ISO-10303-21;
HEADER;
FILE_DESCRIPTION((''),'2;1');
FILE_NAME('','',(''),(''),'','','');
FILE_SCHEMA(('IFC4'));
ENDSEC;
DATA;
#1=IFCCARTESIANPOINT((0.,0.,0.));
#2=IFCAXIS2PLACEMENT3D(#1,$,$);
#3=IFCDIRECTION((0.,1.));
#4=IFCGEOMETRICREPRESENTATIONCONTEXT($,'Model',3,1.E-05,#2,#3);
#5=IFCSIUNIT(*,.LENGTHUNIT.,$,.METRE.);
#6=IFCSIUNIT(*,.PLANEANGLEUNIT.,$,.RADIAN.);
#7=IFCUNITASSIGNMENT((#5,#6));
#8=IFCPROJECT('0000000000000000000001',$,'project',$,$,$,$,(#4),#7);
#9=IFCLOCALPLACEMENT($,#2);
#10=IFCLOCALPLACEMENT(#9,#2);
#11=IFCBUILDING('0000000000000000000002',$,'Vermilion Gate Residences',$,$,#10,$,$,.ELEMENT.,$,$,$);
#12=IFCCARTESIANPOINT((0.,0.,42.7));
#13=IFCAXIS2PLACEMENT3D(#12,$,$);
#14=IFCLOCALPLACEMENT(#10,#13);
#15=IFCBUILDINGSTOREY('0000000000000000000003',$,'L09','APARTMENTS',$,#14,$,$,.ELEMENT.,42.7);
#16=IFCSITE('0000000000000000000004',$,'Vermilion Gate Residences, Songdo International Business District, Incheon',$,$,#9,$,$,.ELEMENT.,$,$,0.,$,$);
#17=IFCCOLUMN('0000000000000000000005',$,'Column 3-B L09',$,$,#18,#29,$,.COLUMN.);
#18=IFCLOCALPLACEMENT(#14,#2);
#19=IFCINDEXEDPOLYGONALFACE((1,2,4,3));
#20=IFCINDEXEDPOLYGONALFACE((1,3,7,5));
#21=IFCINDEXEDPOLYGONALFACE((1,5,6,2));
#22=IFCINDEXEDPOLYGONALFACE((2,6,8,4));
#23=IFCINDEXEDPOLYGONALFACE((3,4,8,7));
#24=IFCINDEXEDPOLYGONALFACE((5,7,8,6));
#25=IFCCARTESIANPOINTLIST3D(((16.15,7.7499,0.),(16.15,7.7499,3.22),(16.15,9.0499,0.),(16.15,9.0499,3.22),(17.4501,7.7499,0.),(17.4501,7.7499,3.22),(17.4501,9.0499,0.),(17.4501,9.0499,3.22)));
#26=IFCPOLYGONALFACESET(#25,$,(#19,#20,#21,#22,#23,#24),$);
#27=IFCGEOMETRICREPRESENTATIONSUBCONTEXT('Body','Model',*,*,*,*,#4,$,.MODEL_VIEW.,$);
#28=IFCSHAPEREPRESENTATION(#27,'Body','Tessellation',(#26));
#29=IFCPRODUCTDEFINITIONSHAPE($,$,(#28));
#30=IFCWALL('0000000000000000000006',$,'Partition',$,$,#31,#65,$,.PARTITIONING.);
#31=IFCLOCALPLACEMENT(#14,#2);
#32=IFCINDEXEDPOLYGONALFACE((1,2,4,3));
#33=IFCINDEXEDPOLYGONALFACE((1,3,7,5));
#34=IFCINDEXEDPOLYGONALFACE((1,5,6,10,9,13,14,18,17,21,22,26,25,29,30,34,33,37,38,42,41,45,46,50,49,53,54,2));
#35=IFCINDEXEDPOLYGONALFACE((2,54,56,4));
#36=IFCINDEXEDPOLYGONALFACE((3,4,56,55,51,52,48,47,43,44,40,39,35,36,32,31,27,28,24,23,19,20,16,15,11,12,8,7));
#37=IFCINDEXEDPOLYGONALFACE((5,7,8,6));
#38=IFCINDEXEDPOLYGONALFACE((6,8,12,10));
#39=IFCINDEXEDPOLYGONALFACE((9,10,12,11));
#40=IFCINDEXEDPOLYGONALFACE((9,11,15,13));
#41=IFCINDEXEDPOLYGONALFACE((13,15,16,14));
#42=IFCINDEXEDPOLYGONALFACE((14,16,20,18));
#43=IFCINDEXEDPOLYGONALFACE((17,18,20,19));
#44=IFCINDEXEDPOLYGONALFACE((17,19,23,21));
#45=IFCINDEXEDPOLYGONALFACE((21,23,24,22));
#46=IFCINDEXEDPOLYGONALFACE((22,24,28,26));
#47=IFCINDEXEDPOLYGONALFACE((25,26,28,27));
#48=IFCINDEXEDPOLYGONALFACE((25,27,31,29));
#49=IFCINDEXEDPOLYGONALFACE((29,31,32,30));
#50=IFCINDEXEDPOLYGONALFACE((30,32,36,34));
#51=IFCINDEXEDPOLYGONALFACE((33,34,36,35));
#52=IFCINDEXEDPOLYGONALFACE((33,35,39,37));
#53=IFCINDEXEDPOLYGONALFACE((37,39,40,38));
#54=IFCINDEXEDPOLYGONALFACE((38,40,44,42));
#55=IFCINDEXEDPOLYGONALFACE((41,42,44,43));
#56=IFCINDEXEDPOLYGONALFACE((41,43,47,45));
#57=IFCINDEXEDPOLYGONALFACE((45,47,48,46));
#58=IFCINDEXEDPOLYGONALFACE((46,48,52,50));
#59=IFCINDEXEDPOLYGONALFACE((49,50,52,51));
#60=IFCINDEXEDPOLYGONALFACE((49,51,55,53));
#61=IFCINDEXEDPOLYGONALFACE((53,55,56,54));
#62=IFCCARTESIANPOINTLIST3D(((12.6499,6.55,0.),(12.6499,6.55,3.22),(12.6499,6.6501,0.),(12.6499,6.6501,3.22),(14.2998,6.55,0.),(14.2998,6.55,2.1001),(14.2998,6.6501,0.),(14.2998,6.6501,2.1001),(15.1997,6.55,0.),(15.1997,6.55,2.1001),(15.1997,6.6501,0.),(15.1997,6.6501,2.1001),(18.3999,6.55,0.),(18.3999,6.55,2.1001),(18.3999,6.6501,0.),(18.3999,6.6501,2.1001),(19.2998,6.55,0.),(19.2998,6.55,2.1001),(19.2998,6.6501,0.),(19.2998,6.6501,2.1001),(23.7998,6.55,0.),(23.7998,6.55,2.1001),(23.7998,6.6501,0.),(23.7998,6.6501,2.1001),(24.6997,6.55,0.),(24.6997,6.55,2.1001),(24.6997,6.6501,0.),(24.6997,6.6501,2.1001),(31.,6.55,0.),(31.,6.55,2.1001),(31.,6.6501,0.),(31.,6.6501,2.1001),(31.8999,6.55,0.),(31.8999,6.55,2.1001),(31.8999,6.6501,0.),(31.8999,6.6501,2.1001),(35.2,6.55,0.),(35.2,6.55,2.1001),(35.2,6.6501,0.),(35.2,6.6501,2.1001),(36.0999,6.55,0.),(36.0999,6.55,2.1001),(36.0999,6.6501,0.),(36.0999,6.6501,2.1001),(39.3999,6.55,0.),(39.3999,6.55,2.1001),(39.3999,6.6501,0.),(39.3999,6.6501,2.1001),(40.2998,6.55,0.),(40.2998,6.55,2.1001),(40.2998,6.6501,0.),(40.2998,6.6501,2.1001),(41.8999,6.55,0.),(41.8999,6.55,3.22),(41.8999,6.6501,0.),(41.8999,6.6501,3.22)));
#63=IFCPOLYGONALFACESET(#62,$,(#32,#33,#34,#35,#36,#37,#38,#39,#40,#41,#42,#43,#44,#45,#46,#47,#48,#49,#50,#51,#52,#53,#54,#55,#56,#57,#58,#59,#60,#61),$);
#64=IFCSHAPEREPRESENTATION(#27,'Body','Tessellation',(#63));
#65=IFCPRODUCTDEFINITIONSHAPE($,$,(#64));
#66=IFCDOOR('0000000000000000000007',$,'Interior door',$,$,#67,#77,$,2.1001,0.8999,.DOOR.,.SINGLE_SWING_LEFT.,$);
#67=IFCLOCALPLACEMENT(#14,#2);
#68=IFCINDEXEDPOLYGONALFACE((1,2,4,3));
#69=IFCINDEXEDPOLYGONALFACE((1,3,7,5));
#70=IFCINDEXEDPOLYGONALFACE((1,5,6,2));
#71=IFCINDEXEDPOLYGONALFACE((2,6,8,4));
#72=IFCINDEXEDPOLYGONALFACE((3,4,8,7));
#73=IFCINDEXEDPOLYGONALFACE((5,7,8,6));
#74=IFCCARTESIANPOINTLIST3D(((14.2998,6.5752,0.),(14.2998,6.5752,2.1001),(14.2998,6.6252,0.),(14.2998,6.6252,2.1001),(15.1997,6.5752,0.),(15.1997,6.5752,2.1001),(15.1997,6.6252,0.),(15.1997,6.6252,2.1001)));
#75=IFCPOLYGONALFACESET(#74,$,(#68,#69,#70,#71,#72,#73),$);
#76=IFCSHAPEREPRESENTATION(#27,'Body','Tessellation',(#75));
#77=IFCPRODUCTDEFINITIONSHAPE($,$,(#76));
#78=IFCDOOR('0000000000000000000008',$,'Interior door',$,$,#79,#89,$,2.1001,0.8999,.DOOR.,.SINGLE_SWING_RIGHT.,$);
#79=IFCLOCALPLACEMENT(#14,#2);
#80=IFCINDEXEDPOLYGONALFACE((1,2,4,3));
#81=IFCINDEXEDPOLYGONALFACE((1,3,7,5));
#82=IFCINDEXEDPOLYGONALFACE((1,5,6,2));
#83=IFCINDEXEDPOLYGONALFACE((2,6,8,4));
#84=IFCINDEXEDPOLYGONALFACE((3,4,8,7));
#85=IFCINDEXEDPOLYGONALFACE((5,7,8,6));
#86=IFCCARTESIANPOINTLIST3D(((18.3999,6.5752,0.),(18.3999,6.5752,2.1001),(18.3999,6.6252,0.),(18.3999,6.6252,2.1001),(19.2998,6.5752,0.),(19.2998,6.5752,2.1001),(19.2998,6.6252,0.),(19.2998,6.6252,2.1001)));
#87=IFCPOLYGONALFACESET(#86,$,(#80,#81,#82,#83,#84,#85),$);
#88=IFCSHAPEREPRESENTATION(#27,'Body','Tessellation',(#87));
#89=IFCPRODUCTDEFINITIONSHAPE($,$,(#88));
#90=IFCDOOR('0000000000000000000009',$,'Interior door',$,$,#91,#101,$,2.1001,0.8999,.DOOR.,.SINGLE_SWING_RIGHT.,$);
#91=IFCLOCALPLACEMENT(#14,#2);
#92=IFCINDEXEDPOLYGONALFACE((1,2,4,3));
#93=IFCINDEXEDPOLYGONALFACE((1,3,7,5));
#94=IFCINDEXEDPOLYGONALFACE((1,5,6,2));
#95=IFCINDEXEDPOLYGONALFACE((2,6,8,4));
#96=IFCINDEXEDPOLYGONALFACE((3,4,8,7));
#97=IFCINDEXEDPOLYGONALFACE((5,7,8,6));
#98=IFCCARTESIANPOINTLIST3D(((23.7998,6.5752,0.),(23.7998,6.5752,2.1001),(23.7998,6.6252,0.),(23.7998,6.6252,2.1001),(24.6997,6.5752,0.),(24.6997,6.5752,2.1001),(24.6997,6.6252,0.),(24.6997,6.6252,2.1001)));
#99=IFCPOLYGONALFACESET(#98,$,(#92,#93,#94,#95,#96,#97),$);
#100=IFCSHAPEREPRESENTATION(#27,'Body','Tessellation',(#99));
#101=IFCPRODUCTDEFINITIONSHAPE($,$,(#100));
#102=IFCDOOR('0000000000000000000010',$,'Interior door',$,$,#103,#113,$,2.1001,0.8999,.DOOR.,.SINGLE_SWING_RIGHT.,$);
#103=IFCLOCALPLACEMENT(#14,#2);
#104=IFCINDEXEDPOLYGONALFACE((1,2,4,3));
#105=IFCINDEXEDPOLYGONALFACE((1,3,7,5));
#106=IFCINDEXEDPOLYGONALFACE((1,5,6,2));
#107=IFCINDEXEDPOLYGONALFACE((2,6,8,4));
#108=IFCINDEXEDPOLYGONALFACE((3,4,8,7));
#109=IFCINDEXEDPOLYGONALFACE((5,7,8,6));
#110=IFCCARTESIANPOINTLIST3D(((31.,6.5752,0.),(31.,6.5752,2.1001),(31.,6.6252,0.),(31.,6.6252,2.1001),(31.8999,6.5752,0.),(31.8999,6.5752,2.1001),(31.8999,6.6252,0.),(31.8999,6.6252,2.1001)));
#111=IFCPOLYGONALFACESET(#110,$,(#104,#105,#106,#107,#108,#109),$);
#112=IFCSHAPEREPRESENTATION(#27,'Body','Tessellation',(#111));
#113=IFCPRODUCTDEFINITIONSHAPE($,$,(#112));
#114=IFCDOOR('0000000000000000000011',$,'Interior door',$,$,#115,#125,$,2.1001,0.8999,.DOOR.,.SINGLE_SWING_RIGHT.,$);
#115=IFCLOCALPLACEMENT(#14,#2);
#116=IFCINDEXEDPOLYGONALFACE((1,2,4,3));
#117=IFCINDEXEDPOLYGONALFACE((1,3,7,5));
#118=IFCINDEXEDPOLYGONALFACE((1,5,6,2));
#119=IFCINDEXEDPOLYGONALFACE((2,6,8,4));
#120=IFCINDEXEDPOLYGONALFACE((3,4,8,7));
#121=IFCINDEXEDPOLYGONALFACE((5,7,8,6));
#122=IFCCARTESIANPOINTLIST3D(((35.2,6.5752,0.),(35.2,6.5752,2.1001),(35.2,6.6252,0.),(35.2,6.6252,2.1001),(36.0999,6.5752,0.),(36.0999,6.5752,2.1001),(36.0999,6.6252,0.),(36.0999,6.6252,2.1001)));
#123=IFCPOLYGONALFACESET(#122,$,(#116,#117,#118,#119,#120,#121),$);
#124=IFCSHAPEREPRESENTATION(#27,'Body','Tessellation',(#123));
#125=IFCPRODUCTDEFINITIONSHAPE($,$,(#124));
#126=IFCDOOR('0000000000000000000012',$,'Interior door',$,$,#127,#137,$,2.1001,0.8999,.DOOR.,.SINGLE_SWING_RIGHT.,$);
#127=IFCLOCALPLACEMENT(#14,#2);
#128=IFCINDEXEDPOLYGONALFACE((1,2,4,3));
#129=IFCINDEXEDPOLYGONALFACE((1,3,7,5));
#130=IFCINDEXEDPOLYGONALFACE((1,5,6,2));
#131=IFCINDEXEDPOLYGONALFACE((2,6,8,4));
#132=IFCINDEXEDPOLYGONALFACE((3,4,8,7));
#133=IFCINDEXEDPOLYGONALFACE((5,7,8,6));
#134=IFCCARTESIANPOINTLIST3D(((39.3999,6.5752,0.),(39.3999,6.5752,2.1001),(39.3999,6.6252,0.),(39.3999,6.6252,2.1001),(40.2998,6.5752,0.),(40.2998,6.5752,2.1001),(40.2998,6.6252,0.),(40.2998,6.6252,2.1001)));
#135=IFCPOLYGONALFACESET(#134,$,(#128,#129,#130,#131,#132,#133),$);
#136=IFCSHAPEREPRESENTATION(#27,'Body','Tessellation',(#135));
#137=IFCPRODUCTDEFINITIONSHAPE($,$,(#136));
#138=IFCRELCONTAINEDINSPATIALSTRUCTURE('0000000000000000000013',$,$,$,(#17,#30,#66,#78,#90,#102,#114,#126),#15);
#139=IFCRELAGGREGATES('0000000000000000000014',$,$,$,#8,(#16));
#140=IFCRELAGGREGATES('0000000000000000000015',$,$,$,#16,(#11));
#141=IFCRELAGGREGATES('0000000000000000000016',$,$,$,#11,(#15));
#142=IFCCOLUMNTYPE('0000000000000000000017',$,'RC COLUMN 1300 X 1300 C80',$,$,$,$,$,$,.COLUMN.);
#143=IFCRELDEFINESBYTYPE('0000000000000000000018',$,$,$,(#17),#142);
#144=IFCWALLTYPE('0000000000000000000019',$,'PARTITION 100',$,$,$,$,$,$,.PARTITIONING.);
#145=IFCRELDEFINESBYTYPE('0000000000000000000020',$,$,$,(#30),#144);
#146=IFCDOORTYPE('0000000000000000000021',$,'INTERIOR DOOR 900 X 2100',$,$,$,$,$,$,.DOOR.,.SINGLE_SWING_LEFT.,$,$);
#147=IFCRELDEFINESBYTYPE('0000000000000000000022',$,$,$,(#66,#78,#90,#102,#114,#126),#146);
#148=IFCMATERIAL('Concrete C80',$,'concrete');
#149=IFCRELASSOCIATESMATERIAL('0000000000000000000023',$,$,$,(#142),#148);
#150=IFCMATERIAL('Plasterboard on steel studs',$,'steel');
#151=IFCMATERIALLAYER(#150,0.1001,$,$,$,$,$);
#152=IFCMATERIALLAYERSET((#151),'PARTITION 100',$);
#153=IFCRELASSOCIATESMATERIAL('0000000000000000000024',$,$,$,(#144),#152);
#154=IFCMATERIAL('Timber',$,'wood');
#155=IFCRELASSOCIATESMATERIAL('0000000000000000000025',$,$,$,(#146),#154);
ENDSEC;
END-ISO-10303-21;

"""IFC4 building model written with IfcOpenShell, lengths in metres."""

from ifc_helpers import new_model, si_unit, direction, frame, frame_2d, origin, origin_2d, place, context, subcontext, project, spatial, rectangle, extrude, material, layer, layer_set, material_profile, profile_set, type_object, element, fill, save


model = new_model("IFC4")

# Units and contexts
model_context = context("Model", 3, precision=1e-05, world=origin(), true_north=direction((0.0, 1.0)))
body_context = subcontext(model_context, "Body", "Model", "MODEL_VIEW")
ifc_project = project(units=[si_unit("LENGTHUNIT", "METRE"), si_unit("PLANEANGLEUNIT", "RADIAN")], contexts=[model_context])

# Site, building, storey
site_placement = place(None, origin())
site = spatial("IfcSite", under=ifc_project, at=site_placement, Name="Vermilion Gate Residences, Songdo International Business District, Incheon", CompositionType="ELEMENT", RefElevation=0.0)
building_placement = place(site_placement, origin())
building = spatial("IfcBuilding", under=site, at=building_placement, Name="Vermilion Gate Residences", CompositionType="ELEMENT")
storey_placement = place(building_placement, frame((0.0, 0.0, 42.7)))
storey = spatial("IfcBuildingStorey", under=building, at=storey_placement, Name="L09", Description="APARTMENTS", CompositionType="ELEMENT", Elevation=42.7)

# Column
ifc_material_1 = material(Name="Concrete C80", Category="concrete")
ifc_material_profile = material_profile(ifc_material_1, rectangle(XDim=1.3, YDim=1.3, at=origin_2d()), Name="RC-1300x1300")
ifc_profile_set = profile_set([ifc_material_profile], Name="Concrete C80")
column_type = type_object("IfcColumnType", Name="RC COLUMN 1300 X 1300 C80", PredefinedType="COLUMN", material=ifc_profile_set)
column_placement = place(storey_placement, frame((16.8, 8.3999, 0.0), z_axis=(0.0, 0.0, 1.0), x_axis=(1.0, 0.0, 0.0)))
element("IfcColumn", 1, at=column_placement, inside=storey, type_object=column_type, Name="Column 3-B L09", PredefinedType="COLUMN", context=body_context, shape_type="SweptSolid", body=[
    extrude(rectangle(XDim=1.3, YDim=1.3, at=origin_2d()), origin(), (0.0, 0.0, 1.0), 3.22),
])

# Wall, openings, doors
ifc_material_2 = material(Name="Plasterboard on steel studs", Category="steel")
ifc_layer = layer(ifc_material_2, 0.1001)
ifc_layer_set = layer_set([ifc_layer], Name="PARTITION 100")
wall_type = type_object("IfcWallType", Name="PARTITION 100", PredefinedType="PARTITIONING", material=ifc_layer_set)
wall_1_placement = place(storey_placement, frame((12.6499, 6.6001, 0.0), z_axis=(0.0, 0.0, 1.0), x_axis=(1.0, 0.0, 0.0)))
wall_1 = element("IfcWall", 2, at=wall_1_placement, inside=storey, type_object=wall_type, Name="Partition", PredefinedType="PARTITIONING", context=body_context, shape_type="SweptSolid", body=[
    extrude(rectangle(XDim=29.25, YDim=0.1001, at=frame_2d((14.625, 0.0))), origin(), (0.0, 0.0, 1.0), 3.22),
])
opening_1_placement = place(wall_1_placement, frame((1.6499, 0.0, 0.0)))
opening_1 = element("IfcOpeningElement", 3, at=opening_1_placement, cuts=wall_1, PredefinedType="OPENING", context=body_context, shape_type="SweptSolid", body=[
    extrude(rectangle(XDim=0.8999, YDim=2.1001, at=frame_2d((0.45, 1.05))), frame((0.0, 0.0601, 0.0), z_axis=(0.0, -1.0, 0.0), x_axis=(1.0, 0.0, 0.0)), (0.0, 0.0, 1.0), 0.1201),
])
opening_2_placement = place(wall_1_placement, frame((5.75, 0.0, 0.0)))
opening_2 = element("IfcOpeningElement", 4, at=opening_2_placement, cuts=wall_1, PredefinedType="OPENING", context=body_context, shape_type="SweptSolid", body=[
    extrude(rectangle(XDim=0.8999, YDim=2.1001, at=frame_2d((0.45, 1.05))), frame((0.0, 0.0601, 0.0), z_axis=(0.0, -1.0, 0.0), x_axis=(1.0, 0.0, 0.0)), (0.0, 0.0, 1.0), 0.1201),
])
opening_3_placement = place(wall_1_placement, frame((11.1499, 0.0, 0.0)))
opening_3 = element("IfcOpeningElement", 5, at=opening_3_placement, cuts=wall_1, PredefinedType="OPENING", context=body_context, shape_type="SweptSolid", body=[
    extrude(rectangle(XDim=0.8999, YDim=2.1001, at=frame_2d((0.45, 1.05))), frame((0.0, 0.0601, 0.0), z_axis=(0.0, -1.0, 0.0), x_axis=(1.0, 0.0, 0.0)), (0.0, 0.0, 1.0), 0.1201),
])
opening_4_placement = place(wall_1_placement, frame((18.3501, 0.0, 0.0)))
opening_4 = element("IfcOpeningElement", 6, at=opening_4_placement, cuts=wall_1, PredefinedType="OPENING", context=body_context, shape_type="SweptSolid", body=[
    extrude(rectangle(XDim=0.8999, YDim=2.1001, at=frame_2d((0.45, 1.05))), frame((0.0, 0.0601, 0.0), z_axis=(0.0, -1.0, 0.0), x_axis=(1.0, 0.0, 0.0)), (0.0, 0.0, 1.0), 0.1201),
])
opening_5_placement = place(wall_1_placement, frame((22.55, 0.0, 0.0)))
opening_5 = element("IfcOpeningElement", 7, at=opening_5_placement, cuts=wall_1, PredefinedType="OPENING", context=body_context, shape_type="SweptSolid", body=[
    extrude(rectangle(XDim=0.8999, YDim=2.1001, at=frame_2d((0.45, 1.05))), frame((0.0, 0.0601, 0.0), z_axis=(0.0, -1.0, 0.0), x_axis=(1.0, 0.0, 0.0)), (0.0, 0.0, 1.0), 0.1201),
])
opening_6_placement = place(wall_1_placement, frame((26.75, 0.0, 0.0)))
opening_6 = element("IfcOpeningElement", 8, at=opening_6_placement, cuts=wall_1, PredefinedType="OPENING", context=body_context, shape_type="SweptSolid", body=[
    extrude(rectangle(XDim=0.8999, YDim=2.1001, at=frame_2d((0.45, 1.05))), frame((0.0, 0.0601, 0.0), z_axis=(0.0, -1.0, 0.0), x_axis=(1.0, 0.0, 0.0)), (0.0, 0.0, 1.0), 0.1201),
])
ifc_material_3 = material(Name="Timber", Category="wood")
door_type = type_object("IfcDoorType", Name="INTERIOR DOOR 900 X 2100", OperationType="SINGLE_SWING_LEFT", PredefinedType="DOOR", material=ifc_material_3)
door_1_placement = place(opening_1_placement, frame((0.8999, 0.0, 0.0), z_axis=(0.0, 0.0, 1.0), x_axis=(-1.0, 0.0, 0.0)))
door_1 = element("IfcDoor", 9, at=door_1_placement, inside=storey, type_object=door_type, Name="Interior door", OperationType="SINGLE_SWING_LEFT", OverallHeight=2.1001, OverallWidth=0.8999, PredefinedType="DOOR", context=body_context, shape_type="SweptSolid", body=[
    extrude(rectangle(XDim=0.8999, YDim=2.1001, at=frame_2d((0.45, 1.05))), frame((0.0, 0.0249, 0.0), z_axis=(0.0, -1.0, 0.0), x_axis=(1.0, 0.0, 0.0)), (0.0, 0.0, 1.0), 0.05),
])
fill(opening_1, door_1)
door_2_placement = place(opening_2_placement, frame((0.8999, 0.0, 0.0), z_axis=(0.0, 0.0, 1.0), x_axis=(-1.0, 0.0, 0.0)))
door_2 = element("IfcDoor", 10, at=door_2_placement, inside=storey, type_object=door_type, Name="Interior door", OperationType="SINGLE_SWING_RIGHT", OverallHeight=2.1001, OverallWidth=0.8999, PredefinedType="DOOR", context=body_context, shape_type="SweptSolid", body=[
    extrude(rectangle(XDim=0.8999, YDim=2.1001, at=frame_2d((0.45, 1.05))), frame((0.0, 0.0249, 0.0), z_axis=(0.0, -1.0, 0.0), x_axis=(1.0, 0.0, 0.0)), (0.0, 0.0, 1.0), 0.05),
])
fill(opening_2, door_2)
door_3_placement = place(opening_3_placement, frame((0.8999, 0.0, 0.0), z_axis=(0.0, 0.0, 1.0), x_axis=(-1.0, 0.0, 0.0)))
door_3 = element("IfcDoor", 11, at=door_3_placement, inside=storey, type_object=door_type, Name="Interior door", OperationType="SINGLE_SWING_RIGHT", OverallHeight=2.1001, OverallWidth=0.8999, PredefinedType="DOOR", context=body_context, shape_type="SweptSolid", body=[
    extrude(rectangle(XDim=0.8999, YDim=2.1001, at=frame_2d((0.45, 1.05))), frame((0.0, 0.0249, 0.0), z_axis=(0.0, -1.0, 0.0), x_axis=(1.0, 0.0, 0.0)), (0.0, 0.0, 1.0), 0.05),
])
fill(opening_3, door_3)
door_4_placement = place(opening_4_placement, frame((0.8999, 0.0, 0.0), z_axis=(0.0, 0.0, 1.0), x_axis=(-1.0, 0.0, 0.0)))
door_4 = element("IfcDoor", 12, at=door_4_placement, inside=storey, type_object=door_type, Name="Interior door", OperationType="SINGLE_SWING_RIGHT", OverallHeight=2.1001, OverallWidth=0.8999, PredefinedType="DOOR", context=body_context, shape_type="SweptSolid", body=[
    extrude(rectangle(XDim=0.8999, YDim=2.1001, at=frame_2d((0.45, 1.05))), frame((0.0, 0.0249, 0.0), z_axis=(0.0, -1.0, 0.0), x_axis=(1.0, 0.0, 0.0)), (0.0, 0.0, 1.0), 0.05),
])
fill(opening_4, door_4)
door_5_placement = place(opening_5_placement, frame((0.8999, 0.0, 0.0), z_axis=(0.0, 0.0, 1.0), x_axis=(-1.0, 0.0, 0.0)))
door_5 = element("IfcDoor", 13, at=door_5_placement, inside=storey, type_object=door_type, Name="Interior door", OperationType="SINGLE_SWING_RIGHT", OverallHeight=2.1001, OverallWidth=0.8999, PredefinedType="DOOR", context=body_context, shape_type="SweptSolid", body=[
    extrude(rectangle(XDim=0.8999, YDim=2.1001, at=frame_2d((0.45, 1.05))), frame((0.0, 0.0249, 0.0), z_axis=(0.0, -1.0, 0.0), x_axis=(1.0, 0.0, 0.0)), (0.0, 0.0, 1.0), 0.05),
])
fill(opening_5, door_5)
door_6_placement = place(opening_6_placement, frame((0.8999, 0.0, 0.0), z_axis=(0.0, 0.0, 1.0), x_axis=(-1.0, 0.0, 0.0)))
door_6 = element("IfcDoor", 14, at=door_6_placement, inside=storey, type_object=door_type, Name="Interior door", OperationType="SINGLE_SWING_RIGHT", OverallHeight=2.1001, OverallWidth=0.8999, PredefinedType="DOOR", context=body_context, shape_type="SweptSolid", body=[
    extrude(rectangle(XDim=0.8999, YDim=2.1001, at=frame_2d((0.45, 1.05))), frame((0.0, 0.0249, 0.0), z_axis=(0.0, -1.0, 0.0), x_axis=(1.0, 0.0, 0.0)), (0.0, 0.0, 1.0), 0.05),
])
fill(opening_6, door_6)

save(model, "model.ifc")
